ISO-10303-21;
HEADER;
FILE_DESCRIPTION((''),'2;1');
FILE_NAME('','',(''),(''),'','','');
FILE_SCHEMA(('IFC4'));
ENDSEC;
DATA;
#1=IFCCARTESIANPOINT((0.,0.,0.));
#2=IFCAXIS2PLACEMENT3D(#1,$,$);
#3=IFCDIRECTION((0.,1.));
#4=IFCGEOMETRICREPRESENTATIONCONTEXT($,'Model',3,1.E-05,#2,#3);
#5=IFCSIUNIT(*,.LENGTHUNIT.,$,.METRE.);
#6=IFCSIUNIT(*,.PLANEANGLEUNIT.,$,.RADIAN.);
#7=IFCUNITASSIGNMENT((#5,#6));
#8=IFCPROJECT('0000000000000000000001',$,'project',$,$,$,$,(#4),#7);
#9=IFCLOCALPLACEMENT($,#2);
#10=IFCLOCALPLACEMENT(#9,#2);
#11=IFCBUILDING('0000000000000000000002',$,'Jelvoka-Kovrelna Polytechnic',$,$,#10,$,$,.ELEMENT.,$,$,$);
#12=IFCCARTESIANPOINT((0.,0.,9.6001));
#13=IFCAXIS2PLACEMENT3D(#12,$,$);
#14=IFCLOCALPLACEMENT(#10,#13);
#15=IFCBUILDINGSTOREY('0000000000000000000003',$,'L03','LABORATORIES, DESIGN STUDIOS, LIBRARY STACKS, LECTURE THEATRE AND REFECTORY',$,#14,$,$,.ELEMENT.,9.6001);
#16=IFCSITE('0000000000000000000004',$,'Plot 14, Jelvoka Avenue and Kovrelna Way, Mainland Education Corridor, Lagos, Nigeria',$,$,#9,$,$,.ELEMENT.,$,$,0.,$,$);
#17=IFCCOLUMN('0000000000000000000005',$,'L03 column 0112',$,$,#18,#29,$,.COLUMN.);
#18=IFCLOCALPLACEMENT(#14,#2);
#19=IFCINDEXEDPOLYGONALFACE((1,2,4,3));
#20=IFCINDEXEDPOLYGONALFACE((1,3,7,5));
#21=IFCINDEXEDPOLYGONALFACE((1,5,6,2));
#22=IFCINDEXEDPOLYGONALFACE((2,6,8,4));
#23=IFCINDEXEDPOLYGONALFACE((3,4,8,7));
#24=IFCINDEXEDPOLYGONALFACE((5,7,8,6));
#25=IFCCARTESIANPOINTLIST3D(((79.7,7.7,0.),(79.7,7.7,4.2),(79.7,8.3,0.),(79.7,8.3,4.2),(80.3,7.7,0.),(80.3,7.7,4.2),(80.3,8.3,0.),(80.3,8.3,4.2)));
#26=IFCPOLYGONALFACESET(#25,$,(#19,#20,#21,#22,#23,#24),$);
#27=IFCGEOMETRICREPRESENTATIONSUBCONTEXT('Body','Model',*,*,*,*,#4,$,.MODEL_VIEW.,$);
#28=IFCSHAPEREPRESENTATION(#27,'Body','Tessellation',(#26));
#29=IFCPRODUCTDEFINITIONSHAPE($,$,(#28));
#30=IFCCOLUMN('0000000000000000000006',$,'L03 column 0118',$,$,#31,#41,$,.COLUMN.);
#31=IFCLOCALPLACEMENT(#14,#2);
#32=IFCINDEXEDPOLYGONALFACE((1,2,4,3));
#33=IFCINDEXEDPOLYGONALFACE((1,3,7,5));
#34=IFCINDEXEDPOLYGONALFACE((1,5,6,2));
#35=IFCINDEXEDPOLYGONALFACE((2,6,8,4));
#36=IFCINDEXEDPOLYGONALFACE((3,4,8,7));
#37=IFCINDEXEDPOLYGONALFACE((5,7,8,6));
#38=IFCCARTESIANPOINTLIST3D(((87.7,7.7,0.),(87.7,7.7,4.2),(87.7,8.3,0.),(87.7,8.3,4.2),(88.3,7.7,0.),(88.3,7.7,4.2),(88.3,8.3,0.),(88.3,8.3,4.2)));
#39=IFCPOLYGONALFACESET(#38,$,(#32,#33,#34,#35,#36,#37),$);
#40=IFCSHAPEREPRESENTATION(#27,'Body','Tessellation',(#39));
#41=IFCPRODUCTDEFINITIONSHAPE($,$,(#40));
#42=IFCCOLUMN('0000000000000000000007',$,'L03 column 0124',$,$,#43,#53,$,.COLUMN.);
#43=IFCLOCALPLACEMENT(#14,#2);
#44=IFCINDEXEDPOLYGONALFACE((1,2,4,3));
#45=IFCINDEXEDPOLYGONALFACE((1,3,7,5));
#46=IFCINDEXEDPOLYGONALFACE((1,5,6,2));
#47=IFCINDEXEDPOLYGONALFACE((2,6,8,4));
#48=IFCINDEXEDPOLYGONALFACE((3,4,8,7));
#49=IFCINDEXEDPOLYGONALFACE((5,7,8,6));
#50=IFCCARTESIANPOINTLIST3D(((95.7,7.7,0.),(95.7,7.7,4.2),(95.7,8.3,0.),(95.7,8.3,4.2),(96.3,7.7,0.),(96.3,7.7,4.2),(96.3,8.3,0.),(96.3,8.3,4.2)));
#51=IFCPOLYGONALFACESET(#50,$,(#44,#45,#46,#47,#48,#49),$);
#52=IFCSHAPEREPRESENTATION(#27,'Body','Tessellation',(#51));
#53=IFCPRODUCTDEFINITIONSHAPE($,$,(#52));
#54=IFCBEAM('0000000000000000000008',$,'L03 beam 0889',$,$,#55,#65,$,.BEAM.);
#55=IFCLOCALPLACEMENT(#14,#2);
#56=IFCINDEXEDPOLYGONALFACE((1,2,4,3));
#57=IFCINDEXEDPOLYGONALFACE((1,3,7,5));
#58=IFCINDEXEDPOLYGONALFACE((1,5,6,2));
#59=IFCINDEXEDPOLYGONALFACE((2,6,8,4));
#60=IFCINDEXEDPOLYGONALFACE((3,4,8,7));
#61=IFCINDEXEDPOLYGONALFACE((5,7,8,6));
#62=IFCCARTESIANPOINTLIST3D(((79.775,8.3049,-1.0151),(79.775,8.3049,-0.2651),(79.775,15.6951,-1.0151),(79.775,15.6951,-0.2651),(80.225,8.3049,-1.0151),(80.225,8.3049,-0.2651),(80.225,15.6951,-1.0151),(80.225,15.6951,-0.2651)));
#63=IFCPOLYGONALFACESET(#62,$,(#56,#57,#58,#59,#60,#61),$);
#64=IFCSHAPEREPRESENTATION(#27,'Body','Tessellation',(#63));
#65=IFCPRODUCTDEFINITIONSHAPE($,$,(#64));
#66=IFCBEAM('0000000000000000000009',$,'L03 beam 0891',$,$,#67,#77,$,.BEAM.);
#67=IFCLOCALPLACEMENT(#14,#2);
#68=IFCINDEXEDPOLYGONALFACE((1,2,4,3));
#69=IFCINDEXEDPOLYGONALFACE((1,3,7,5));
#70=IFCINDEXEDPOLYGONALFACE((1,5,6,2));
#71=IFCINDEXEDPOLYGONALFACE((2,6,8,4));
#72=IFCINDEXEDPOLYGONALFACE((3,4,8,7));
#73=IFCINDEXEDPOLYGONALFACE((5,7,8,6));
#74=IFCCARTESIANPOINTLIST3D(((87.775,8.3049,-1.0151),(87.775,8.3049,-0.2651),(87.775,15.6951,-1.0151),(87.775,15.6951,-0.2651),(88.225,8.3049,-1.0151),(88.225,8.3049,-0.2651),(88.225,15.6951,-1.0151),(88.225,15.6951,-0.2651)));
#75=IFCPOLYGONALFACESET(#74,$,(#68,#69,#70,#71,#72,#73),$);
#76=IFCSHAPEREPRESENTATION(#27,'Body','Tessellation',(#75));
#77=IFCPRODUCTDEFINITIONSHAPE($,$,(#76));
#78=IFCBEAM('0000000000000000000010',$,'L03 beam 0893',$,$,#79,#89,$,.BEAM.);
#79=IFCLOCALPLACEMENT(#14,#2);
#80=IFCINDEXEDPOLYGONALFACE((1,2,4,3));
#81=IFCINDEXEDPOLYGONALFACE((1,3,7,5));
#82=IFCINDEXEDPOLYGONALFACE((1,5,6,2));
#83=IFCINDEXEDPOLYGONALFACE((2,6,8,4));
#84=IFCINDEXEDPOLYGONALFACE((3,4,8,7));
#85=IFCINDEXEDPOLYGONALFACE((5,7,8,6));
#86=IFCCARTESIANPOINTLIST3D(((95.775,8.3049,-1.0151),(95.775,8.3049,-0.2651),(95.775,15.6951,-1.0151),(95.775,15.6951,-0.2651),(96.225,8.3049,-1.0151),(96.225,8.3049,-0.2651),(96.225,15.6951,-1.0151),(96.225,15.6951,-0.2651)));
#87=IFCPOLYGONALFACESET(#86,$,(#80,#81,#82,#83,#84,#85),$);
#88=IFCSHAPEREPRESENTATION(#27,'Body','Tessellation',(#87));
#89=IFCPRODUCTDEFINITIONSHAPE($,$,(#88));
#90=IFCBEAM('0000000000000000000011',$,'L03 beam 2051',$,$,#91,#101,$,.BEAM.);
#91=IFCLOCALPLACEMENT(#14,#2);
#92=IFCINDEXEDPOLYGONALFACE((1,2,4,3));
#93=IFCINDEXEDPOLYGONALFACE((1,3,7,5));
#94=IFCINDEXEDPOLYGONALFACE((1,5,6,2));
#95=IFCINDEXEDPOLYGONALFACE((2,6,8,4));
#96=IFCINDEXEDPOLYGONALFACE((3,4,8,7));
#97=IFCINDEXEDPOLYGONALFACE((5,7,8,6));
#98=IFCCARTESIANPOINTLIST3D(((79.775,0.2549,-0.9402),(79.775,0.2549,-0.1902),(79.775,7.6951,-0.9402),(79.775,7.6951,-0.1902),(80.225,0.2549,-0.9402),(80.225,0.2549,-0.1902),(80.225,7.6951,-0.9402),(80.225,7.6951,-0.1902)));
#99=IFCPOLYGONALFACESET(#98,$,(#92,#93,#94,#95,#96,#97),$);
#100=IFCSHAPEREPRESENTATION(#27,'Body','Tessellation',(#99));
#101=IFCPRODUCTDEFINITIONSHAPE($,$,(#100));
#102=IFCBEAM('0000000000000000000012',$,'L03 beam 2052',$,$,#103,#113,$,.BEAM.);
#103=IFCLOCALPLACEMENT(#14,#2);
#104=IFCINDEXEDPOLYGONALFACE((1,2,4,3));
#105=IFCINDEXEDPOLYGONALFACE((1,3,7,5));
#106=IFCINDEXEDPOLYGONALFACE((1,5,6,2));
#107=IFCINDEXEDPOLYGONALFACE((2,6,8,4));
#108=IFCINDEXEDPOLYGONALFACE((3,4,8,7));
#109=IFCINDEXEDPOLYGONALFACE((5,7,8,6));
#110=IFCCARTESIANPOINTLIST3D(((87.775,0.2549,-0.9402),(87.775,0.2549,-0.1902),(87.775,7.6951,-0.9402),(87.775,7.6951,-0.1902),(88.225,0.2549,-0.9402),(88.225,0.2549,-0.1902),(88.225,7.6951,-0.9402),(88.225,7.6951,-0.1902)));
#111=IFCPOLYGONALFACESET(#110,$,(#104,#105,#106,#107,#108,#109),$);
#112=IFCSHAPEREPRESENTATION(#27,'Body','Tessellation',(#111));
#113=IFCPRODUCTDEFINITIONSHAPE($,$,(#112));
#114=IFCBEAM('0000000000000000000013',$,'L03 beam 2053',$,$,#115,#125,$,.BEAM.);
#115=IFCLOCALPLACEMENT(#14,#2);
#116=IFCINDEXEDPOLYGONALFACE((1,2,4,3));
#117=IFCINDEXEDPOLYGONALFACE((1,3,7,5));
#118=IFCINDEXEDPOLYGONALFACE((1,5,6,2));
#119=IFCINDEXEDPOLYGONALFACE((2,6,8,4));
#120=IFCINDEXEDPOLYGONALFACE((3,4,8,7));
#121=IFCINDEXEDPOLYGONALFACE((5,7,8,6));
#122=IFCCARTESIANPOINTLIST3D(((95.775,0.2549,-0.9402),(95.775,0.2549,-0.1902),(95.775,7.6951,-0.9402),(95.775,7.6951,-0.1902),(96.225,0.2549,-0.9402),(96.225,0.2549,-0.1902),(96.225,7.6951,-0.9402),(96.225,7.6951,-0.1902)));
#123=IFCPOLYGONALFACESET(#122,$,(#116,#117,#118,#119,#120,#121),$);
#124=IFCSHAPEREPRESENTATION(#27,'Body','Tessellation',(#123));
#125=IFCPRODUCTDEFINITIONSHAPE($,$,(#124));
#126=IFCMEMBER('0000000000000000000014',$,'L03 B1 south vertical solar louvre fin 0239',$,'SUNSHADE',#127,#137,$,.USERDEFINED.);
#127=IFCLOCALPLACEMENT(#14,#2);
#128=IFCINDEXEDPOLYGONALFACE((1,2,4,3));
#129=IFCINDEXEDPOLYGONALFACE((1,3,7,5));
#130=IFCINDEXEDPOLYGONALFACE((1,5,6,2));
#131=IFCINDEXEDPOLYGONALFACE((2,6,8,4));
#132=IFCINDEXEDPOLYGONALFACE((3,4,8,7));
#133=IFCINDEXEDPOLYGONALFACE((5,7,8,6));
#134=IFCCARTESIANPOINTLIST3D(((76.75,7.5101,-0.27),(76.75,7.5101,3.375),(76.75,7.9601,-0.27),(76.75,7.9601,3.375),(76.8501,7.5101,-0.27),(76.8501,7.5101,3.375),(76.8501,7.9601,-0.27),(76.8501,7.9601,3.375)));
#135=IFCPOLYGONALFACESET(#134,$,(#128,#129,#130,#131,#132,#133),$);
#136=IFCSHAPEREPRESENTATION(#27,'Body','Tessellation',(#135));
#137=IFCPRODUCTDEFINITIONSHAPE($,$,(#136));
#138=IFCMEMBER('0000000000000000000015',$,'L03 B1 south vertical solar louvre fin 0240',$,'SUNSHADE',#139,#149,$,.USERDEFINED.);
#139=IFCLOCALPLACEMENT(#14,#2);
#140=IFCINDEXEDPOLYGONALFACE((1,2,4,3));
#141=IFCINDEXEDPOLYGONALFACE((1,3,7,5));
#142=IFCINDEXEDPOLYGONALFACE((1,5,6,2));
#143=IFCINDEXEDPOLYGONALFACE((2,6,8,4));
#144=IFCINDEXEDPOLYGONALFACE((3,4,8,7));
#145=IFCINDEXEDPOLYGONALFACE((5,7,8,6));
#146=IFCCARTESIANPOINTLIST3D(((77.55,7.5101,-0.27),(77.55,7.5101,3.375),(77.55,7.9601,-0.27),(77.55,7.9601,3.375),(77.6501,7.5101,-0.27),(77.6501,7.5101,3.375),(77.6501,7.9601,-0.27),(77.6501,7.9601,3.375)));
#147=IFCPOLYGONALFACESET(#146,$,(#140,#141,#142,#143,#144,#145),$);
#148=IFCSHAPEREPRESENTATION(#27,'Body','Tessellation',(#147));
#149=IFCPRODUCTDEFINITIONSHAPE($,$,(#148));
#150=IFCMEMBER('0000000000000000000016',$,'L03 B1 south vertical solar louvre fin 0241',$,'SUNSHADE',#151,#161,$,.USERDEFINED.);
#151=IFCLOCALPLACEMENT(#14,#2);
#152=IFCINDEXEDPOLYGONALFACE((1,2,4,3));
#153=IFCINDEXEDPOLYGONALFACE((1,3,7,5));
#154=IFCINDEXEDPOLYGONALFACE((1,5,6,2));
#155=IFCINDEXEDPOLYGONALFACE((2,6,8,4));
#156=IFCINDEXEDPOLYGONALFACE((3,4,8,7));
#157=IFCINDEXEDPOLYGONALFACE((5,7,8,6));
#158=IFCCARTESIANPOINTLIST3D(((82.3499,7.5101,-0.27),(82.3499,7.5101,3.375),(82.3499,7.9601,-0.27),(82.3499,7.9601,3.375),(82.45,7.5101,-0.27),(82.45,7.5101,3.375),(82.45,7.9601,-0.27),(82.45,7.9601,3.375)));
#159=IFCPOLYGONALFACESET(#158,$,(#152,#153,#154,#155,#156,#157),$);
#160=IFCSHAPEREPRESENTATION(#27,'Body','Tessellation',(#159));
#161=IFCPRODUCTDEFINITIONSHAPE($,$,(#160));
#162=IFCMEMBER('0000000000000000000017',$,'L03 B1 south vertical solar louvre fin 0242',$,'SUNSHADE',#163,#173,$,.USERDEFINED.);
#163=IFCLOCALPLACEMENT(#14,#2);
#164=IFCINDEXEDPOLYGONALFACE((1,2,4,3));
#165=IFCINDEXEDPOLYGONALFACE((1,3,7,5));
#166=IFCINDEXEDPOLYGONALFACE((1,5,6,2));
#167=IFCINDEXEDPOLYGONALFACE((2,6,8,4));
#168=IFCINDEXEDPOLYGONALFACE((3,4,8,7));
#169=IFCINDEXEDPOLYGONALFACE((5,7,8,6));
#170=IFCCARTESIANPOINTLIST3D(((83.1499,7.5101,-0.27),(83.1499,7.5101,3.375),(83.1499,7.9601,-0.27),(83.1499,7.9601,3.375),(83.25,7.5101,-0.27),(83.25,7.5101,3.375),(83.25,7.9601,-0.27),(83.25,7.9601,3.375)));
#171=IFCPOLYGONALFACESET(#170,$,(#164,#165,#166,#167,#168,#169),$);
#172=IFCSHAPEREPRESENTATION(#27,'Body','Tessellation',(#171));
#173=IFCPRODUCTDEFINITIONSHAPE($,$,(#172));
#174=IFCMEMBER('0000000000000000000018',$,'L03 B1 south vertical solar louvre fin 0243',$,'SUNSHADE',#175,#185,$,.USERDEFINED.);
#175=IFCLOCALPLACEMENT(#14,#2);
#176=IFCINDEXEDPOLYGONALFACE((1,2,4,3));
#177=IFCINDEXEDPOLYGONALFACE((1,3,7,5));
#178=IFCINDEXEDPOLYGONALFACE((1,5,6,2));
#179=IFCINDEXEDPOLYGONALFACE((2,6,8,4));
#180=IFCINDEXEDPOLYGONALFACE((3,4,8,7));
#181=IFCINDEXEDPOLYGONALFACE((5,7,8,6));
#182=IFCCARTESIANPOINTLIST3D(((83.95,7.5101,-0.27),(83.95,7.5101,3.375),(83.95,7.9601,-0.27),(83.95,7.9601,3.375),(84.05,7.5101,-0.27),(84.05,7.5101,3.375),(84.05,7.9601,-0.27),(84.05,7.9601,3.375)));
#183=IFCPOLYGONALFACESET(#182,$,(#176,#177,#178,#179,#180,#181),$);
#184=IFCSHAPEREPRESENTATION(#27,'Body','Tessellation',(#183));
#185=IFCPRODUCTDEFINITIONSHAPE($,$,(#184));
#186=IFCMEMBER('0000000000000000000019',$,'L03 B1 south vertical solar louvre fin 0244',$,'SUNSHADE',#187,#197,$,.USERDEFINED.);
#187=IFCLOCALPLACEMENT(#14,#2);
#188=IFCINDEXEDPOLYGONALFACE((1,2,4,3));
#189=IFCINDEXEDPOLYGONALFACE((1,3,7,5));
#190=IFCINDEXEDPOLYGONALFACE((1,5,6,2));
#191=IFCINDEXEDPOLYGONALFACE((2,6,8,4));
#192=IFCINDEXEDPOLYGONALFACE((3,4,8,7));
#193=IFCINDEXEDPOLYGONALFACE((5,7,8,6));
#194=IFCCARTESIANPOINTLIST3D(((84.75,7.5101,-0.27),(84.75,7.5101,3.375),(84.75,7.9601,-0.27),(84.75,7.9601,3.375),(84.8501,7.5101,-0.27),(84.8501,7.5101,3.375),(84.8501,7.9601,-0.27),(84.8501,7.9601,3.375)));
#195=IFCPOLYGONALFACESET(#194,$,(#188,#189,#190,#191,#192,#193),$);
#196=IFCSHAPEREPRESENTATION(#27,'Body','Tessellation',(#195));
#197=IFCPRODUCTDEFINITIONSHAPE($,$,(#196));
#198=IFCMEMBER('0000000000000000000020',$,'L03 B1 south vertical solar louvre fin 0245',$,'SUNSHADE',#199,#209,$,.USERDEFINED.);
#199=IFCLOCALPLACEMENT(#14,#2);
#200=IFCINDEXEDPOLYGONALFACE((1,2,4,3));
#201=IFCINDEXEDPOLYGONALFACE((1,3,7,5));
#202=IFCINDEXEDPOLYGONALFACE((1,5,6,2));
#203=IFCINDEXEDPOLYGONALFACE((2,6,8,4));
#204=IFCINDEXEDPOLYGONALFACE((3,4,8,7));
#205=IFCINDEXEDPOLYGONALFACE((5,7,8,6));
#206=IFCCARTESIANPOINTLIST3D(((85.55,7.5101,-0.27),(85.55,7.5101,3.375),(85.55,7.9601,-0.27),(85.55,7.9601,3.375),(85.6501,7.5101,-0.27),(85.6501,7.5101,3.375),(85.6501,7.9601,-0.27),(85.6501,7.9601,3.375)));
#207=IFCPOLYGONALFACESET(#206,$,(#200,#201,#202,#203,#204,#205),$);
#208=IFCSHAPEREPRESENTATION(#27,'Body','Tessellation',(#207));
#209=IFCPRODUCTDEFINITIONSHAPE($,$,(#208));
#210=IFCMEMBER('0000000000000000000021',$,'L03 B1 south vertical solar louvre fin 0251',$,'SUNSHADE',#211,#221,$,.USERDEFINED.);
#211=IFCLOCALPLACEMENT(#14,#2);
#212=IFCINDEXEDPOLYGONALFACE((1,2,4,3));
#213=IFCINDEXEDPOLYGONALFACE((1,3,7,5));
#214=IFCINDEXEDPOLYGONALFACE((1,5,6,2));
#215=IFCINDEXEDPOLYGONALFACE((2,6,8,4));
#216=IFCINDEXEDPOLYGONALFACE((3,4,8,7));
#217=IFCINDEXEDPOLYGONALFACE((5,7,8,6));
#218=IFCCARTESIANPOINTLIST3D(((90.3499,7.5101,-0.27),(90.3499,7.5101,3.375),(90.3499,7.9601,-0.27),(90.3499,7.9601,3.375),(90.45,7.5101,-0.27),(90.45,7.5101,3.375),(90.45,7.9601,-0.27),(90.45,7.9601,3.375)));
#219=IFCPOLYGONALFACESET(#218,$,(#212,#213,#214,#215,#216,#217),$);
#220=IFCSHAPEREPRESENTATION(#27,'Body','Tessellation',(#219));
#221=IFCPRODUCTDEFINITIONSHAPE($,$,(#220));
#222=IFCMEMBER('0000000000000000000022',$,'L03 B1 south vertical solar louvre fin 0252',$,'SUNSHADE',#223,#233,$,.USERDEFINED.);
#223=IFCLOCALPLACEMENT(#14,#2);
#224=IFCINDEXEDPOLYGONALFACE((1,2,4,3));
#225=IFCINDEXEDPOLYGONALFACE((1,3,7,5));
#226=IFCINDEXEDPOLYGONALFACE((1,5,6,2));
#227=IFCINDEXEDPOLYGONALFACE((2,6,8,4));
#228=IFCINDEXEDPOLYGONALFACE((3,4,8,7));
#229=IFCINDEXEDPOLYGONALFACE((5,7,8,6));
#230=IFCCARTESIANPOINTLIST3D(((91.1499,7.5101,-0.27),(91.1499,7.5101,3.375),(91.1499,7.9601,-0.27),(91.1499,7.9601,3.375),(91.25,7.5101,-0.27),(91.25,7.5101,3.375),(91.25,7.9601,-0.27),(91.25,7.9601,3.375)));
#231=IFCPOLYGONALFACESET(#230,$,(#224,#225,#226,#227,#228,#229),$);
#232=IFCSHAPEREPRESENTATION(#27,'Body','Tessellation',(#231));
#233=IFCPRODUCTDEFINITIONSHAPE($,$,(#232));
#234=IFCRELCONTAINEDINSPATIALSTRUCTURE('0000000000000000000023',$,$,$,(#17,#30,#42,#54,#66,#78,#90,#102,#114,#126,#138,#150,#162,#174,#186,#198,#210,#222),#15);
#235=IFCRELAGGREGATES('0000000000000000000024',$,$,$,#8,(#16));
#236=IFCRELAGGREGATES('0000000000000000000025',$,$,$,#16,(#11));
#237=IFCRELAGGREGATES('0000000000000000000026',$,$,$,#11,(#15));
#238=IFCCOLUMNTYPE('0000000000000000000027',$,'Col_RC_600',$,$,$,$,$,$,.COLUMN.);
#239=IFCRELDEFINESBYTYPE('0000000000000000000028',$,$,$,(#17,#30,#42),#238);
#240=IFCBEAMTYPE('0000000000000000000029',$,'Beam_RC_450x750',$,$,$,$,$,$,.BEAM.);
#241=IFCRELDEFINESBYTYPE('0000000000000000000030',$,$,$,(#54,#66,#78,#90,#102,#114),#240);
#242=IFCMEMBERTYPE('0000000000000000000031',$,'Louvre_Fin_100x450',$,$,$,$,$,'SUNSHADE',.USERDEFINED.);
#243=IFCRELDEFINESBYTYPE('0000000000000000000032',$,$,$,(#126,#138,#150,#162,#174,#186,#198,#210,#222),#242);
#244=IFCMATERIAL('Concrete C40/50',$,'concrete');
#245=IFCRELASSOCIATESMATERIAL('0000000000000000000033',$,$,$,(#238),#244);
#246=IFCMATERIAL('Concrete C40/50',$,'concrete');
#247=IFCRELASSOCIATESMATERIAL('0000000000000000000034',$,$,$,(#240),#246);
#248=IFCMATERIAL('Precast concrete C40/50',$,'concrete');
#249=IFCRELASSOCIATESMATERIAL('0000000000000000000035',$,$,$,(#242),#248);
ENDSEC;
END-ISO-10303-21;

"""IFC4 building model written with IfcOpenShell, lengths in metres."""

from ifc_helpers import new_model, si_unit, direction, frame, origin, origin_2d, place, context, subcontext, project, spatial, rectangle, extrude, material, material_profile, profile_set, type_object, element, save


model = new_model("IFC4")

# Units and contexts
model_context = context("Model", 3, precision=1e-05, world=origin(), true_north=direction((0.0, 1.0)))
body_context = subcontext(model_context, "Body", "Model", "MODEL_VIEW")
ifc_project = project(units=[si_unit("LENGTHUNIT", "METRE"), si_unit("PLANEANGLEUNIT", "RADIAN")], contexts=[model_context])

# Site, building, storey
site_placement = place(None, origin())
site = spatial("IfcSite", under=ifc_project, at=site_placement, Name="Plot 14, Jelvoka Avenue and Kovrelna Way, Mainland Education Corridor, Lagos, Nigeria", CompositionType="ELEMENT", RefElevation=0.0)
building_placement = place(site_placement, origin())
building = spatial("IfcBuilding", under=site, at=building_placement, Name="Jelvoka-Kovrelna Polytechnic", CompositionType="ELEMENT")
storey_placement = place(building_placement, frame((0.0, 0.0, 9.6001)))
storey = spatial("IfcBuildingStorey", under=building, at=storey_placement, Name="L03", Description="LABORATORIES, DESIGN STUDIOS, LIBRARY STACKS, LECTURE THEATRE AND REFECTORY", CompositionType="ELEMENT", Elevation=9.6001)

# Columns
ifc_material_1 = material(Name="Concrete C40/50", Category="concrete")
ifc_material_profile_1 = material_profile(ifc_material_1, rectangle(XDim=0.6001, YDim=0.6001, at=origin_2d()), Name="RC 600x600")
ifc_profile_set_1 = profile_set([ifc_material_profile_1], Name="Concrete C40/50")
column_type = type_object("IfcColumnType", Name="Col_RC_600", PredefinedType="COLUMN", material=ifc_profile_set_1)
for number, where, z_axis, x_axis, name in (
    (1, (80.0, 8.0, 0.0), (0.0, 0.0, 1.0), (1.0, 0.0, 0.0), "L03 column 0112"),
    (2, (88.0, 8.0, 0.0), (0.0, 0.0, 1.0), (1.0, 0.0, 0.0), "L03 column 0118"),
    (3, (96.0, 8.0, 0.0), (0.0, 0.0, 1.0), (1.0, 0.0, 0.0), "L03 column 0124"),
):
    element("IfcColumn", number, at=place(storey_placement, frame(where, z_axis=z_axis, x_axis=x_axis)), inside=storey, type_object=column_type, Name=name, PredefinedType="COLUMN", context=body_context, shape_type="SweptSolid", body=[
        extrude(rectangle(XDim=0.6001, YDim=0.6001, at=origin_2d()), origin(), (0.0, 0.0, 1.0), 4.2),
    ])

# Beams
ifc_material_2 = material(Name="Concrete C40/50", Category="concrete")
ifc_material_profile_2 = material_profile(ifc_material_2, rectangle(XDim=0.45, YDim=0.75, at=origin_2d()), Name="RC 450x750")
ifc_profile_set_2 = profile_set([ifc_material_profile_2], Name="Concrete C40/50")
beam_type_1 = type_object("IfcBeamType", Name="Beam_RC_450x750", PredefinedType="BEAM", material=ifc_profile_set_2)
for number, where, z_axis, x_axis, name in (
    (4, (80.0, 8.3049, -0.6401), (0.0, 1.0, 0.0), (-1.0, 0.0, 0.0), "L03 beam 0889"),
    (5, (88.0, 8.3049, -0.6401), (0.0, 1.0, 0.0), (-1.0, 0.0, 0.0), "L03 beam 0891"),
    (6, (96.0, 8.3049, -0.6401), (0.0, 1.0, 0.0), (-1.0, 0.0, 0.0), "L03 beam 0893"),
):
    element("IfcBeam", number, at=place(storey_placement, frame(where, z_axis=z_axis, x_axis=x_axis)), inside=storey, type_object=beam_type_1, Name=name, PredefinedType="BEAM", context=body_context, shape_type="SweptSolid", body=[
        extrude(rectangle(XDim=0.45, YDim=0.75, at=origin_2d()), origin(), (0.0, 0.0, 1.0), 7.3901),
    ])
for number, where, z_axis, x_axis, name in (
    (7, (80.0, 0.2549, -0.5652), (0.0, 1.0, 0.0), (-1.0, 0.0, 0.0), "L03 beam 2051"),
    (8, (88.0, 0.2549, -0.5652), (0.0, 1.0, 0.0), (-1.0, 0.0, 0.0), "L03 beam 2052"),
    (9, (96.0, 0.2549, -0.5652), (0.0, 1.0, 0.0), (-1.0, 0.0, 0.0), "L03 beam 2053"),
):
    element("IfcBeam", number, at=place(storey_placement, frame(where, z_axis=z_axis, x_axis=x_axis)), inside=storey, type_object=beam_type_1, Name=name, PredefinedType="BEAM", context=body_context, shape_type="SweptSolid", body=[
        extrude(rectangle(XDim=0.45, YDim=0.75, at=origin_2d()), origin(), (0.0, 0.0, 1.0), 7.4402),
    ])

# Members
ifc_material_3 = material(Name="Precast concrete C40/50", Category="concrete")
ifc_material_profile_3 = material_profile(ifc_material_3, rectangle(XDim=0.1001, YDim=0.45, at=origin_2d()), Name="PC 100x450")
ifc_profile_set_3 = profile_set([ifc_material_profile_3], Name="Precast concrete C40/50")
member_type = type_object("IfcMemberType", Name="Louvre_Fin_100x450", ElementType="SUNSHADE", PredefinedType="USERDEFINED", material=ifc_profile_set_3)
for number, where, z_axis, x_axis, name in (
    (10, (76.8, 7.7351, -0.27), (0.0, 0.0, 1.0), (1.0, 0.0, 0.0), "L03 B1 south vertical solar louvre fin 0239"),
    (11, (77.6001, 7.7351, -0.27), (0.0, 0.0, 1.0), (1.0, 0.0, 0.0), "L03 B1 south vertical solar louvre fin 0240"),
    (12, (82.3999, 7.7351, -0.27), (0.0, 0.0, 1.0), (1.0, 0.0, 0.0), "L03 B1 south vertical solar louvre fin 0241"),
    (13, (83.2, 7.7351, -0.27), (0.0, 0.0, 1.0), (1.0, 0.0, 0.0), "L03 B1 south vertical solar louvre fin 0242"),
    (14, (84.0, 7.7351, -0.27), (0.0, 0.0, 1.0), (1.0, 0.0, 0.0), "L03 B1 south vertical solar louvre fin 0243"),
    (15, (84.8, 7.7351, -0.27), (0.0, 0.0, 1.0), (1.0, 0.0, 0.0), "L03 B1 south vertical solar louvre fin 0244"),
    (16, (85.6001, 7.7351, -0.27), (0.0, 0.0, 1.0), (1.0, 0.0, 0.0), "L03 B1 south vertical solar louvre fin 0245"),
    (17, (90.3999, 7.7351, -0.27), (0.0, 0.0, 1.0), (1.0, 0.0, 0.0), "L03 B1 south vertical solar louvre fin 0251"),
    (18, (91.2, 7.7351, -0.27), (0.0, 0.0, 1.0), (1.0, 0.0, 0.0), "L03 B1 south vertical solar louvre fin 0252"),
):
    element("IfcMember", number, at=place(storey_placement, frame(where, z_axis=z_axis, x_axis=x_axis)), inside=storey, type_object=member_type, Name=name, ObjectType="SUNSHADE", PredefinedType="USERDEFINED", context=body_context, shape_type="SweptSolid", body=[
        extrude(rectangle(XDim=0.1001, YDim=0.45, at=origin_2d()), origin(), (0.0, 0.0, 1.0), 3.645),
    ])

save(model, "model.ifc")
